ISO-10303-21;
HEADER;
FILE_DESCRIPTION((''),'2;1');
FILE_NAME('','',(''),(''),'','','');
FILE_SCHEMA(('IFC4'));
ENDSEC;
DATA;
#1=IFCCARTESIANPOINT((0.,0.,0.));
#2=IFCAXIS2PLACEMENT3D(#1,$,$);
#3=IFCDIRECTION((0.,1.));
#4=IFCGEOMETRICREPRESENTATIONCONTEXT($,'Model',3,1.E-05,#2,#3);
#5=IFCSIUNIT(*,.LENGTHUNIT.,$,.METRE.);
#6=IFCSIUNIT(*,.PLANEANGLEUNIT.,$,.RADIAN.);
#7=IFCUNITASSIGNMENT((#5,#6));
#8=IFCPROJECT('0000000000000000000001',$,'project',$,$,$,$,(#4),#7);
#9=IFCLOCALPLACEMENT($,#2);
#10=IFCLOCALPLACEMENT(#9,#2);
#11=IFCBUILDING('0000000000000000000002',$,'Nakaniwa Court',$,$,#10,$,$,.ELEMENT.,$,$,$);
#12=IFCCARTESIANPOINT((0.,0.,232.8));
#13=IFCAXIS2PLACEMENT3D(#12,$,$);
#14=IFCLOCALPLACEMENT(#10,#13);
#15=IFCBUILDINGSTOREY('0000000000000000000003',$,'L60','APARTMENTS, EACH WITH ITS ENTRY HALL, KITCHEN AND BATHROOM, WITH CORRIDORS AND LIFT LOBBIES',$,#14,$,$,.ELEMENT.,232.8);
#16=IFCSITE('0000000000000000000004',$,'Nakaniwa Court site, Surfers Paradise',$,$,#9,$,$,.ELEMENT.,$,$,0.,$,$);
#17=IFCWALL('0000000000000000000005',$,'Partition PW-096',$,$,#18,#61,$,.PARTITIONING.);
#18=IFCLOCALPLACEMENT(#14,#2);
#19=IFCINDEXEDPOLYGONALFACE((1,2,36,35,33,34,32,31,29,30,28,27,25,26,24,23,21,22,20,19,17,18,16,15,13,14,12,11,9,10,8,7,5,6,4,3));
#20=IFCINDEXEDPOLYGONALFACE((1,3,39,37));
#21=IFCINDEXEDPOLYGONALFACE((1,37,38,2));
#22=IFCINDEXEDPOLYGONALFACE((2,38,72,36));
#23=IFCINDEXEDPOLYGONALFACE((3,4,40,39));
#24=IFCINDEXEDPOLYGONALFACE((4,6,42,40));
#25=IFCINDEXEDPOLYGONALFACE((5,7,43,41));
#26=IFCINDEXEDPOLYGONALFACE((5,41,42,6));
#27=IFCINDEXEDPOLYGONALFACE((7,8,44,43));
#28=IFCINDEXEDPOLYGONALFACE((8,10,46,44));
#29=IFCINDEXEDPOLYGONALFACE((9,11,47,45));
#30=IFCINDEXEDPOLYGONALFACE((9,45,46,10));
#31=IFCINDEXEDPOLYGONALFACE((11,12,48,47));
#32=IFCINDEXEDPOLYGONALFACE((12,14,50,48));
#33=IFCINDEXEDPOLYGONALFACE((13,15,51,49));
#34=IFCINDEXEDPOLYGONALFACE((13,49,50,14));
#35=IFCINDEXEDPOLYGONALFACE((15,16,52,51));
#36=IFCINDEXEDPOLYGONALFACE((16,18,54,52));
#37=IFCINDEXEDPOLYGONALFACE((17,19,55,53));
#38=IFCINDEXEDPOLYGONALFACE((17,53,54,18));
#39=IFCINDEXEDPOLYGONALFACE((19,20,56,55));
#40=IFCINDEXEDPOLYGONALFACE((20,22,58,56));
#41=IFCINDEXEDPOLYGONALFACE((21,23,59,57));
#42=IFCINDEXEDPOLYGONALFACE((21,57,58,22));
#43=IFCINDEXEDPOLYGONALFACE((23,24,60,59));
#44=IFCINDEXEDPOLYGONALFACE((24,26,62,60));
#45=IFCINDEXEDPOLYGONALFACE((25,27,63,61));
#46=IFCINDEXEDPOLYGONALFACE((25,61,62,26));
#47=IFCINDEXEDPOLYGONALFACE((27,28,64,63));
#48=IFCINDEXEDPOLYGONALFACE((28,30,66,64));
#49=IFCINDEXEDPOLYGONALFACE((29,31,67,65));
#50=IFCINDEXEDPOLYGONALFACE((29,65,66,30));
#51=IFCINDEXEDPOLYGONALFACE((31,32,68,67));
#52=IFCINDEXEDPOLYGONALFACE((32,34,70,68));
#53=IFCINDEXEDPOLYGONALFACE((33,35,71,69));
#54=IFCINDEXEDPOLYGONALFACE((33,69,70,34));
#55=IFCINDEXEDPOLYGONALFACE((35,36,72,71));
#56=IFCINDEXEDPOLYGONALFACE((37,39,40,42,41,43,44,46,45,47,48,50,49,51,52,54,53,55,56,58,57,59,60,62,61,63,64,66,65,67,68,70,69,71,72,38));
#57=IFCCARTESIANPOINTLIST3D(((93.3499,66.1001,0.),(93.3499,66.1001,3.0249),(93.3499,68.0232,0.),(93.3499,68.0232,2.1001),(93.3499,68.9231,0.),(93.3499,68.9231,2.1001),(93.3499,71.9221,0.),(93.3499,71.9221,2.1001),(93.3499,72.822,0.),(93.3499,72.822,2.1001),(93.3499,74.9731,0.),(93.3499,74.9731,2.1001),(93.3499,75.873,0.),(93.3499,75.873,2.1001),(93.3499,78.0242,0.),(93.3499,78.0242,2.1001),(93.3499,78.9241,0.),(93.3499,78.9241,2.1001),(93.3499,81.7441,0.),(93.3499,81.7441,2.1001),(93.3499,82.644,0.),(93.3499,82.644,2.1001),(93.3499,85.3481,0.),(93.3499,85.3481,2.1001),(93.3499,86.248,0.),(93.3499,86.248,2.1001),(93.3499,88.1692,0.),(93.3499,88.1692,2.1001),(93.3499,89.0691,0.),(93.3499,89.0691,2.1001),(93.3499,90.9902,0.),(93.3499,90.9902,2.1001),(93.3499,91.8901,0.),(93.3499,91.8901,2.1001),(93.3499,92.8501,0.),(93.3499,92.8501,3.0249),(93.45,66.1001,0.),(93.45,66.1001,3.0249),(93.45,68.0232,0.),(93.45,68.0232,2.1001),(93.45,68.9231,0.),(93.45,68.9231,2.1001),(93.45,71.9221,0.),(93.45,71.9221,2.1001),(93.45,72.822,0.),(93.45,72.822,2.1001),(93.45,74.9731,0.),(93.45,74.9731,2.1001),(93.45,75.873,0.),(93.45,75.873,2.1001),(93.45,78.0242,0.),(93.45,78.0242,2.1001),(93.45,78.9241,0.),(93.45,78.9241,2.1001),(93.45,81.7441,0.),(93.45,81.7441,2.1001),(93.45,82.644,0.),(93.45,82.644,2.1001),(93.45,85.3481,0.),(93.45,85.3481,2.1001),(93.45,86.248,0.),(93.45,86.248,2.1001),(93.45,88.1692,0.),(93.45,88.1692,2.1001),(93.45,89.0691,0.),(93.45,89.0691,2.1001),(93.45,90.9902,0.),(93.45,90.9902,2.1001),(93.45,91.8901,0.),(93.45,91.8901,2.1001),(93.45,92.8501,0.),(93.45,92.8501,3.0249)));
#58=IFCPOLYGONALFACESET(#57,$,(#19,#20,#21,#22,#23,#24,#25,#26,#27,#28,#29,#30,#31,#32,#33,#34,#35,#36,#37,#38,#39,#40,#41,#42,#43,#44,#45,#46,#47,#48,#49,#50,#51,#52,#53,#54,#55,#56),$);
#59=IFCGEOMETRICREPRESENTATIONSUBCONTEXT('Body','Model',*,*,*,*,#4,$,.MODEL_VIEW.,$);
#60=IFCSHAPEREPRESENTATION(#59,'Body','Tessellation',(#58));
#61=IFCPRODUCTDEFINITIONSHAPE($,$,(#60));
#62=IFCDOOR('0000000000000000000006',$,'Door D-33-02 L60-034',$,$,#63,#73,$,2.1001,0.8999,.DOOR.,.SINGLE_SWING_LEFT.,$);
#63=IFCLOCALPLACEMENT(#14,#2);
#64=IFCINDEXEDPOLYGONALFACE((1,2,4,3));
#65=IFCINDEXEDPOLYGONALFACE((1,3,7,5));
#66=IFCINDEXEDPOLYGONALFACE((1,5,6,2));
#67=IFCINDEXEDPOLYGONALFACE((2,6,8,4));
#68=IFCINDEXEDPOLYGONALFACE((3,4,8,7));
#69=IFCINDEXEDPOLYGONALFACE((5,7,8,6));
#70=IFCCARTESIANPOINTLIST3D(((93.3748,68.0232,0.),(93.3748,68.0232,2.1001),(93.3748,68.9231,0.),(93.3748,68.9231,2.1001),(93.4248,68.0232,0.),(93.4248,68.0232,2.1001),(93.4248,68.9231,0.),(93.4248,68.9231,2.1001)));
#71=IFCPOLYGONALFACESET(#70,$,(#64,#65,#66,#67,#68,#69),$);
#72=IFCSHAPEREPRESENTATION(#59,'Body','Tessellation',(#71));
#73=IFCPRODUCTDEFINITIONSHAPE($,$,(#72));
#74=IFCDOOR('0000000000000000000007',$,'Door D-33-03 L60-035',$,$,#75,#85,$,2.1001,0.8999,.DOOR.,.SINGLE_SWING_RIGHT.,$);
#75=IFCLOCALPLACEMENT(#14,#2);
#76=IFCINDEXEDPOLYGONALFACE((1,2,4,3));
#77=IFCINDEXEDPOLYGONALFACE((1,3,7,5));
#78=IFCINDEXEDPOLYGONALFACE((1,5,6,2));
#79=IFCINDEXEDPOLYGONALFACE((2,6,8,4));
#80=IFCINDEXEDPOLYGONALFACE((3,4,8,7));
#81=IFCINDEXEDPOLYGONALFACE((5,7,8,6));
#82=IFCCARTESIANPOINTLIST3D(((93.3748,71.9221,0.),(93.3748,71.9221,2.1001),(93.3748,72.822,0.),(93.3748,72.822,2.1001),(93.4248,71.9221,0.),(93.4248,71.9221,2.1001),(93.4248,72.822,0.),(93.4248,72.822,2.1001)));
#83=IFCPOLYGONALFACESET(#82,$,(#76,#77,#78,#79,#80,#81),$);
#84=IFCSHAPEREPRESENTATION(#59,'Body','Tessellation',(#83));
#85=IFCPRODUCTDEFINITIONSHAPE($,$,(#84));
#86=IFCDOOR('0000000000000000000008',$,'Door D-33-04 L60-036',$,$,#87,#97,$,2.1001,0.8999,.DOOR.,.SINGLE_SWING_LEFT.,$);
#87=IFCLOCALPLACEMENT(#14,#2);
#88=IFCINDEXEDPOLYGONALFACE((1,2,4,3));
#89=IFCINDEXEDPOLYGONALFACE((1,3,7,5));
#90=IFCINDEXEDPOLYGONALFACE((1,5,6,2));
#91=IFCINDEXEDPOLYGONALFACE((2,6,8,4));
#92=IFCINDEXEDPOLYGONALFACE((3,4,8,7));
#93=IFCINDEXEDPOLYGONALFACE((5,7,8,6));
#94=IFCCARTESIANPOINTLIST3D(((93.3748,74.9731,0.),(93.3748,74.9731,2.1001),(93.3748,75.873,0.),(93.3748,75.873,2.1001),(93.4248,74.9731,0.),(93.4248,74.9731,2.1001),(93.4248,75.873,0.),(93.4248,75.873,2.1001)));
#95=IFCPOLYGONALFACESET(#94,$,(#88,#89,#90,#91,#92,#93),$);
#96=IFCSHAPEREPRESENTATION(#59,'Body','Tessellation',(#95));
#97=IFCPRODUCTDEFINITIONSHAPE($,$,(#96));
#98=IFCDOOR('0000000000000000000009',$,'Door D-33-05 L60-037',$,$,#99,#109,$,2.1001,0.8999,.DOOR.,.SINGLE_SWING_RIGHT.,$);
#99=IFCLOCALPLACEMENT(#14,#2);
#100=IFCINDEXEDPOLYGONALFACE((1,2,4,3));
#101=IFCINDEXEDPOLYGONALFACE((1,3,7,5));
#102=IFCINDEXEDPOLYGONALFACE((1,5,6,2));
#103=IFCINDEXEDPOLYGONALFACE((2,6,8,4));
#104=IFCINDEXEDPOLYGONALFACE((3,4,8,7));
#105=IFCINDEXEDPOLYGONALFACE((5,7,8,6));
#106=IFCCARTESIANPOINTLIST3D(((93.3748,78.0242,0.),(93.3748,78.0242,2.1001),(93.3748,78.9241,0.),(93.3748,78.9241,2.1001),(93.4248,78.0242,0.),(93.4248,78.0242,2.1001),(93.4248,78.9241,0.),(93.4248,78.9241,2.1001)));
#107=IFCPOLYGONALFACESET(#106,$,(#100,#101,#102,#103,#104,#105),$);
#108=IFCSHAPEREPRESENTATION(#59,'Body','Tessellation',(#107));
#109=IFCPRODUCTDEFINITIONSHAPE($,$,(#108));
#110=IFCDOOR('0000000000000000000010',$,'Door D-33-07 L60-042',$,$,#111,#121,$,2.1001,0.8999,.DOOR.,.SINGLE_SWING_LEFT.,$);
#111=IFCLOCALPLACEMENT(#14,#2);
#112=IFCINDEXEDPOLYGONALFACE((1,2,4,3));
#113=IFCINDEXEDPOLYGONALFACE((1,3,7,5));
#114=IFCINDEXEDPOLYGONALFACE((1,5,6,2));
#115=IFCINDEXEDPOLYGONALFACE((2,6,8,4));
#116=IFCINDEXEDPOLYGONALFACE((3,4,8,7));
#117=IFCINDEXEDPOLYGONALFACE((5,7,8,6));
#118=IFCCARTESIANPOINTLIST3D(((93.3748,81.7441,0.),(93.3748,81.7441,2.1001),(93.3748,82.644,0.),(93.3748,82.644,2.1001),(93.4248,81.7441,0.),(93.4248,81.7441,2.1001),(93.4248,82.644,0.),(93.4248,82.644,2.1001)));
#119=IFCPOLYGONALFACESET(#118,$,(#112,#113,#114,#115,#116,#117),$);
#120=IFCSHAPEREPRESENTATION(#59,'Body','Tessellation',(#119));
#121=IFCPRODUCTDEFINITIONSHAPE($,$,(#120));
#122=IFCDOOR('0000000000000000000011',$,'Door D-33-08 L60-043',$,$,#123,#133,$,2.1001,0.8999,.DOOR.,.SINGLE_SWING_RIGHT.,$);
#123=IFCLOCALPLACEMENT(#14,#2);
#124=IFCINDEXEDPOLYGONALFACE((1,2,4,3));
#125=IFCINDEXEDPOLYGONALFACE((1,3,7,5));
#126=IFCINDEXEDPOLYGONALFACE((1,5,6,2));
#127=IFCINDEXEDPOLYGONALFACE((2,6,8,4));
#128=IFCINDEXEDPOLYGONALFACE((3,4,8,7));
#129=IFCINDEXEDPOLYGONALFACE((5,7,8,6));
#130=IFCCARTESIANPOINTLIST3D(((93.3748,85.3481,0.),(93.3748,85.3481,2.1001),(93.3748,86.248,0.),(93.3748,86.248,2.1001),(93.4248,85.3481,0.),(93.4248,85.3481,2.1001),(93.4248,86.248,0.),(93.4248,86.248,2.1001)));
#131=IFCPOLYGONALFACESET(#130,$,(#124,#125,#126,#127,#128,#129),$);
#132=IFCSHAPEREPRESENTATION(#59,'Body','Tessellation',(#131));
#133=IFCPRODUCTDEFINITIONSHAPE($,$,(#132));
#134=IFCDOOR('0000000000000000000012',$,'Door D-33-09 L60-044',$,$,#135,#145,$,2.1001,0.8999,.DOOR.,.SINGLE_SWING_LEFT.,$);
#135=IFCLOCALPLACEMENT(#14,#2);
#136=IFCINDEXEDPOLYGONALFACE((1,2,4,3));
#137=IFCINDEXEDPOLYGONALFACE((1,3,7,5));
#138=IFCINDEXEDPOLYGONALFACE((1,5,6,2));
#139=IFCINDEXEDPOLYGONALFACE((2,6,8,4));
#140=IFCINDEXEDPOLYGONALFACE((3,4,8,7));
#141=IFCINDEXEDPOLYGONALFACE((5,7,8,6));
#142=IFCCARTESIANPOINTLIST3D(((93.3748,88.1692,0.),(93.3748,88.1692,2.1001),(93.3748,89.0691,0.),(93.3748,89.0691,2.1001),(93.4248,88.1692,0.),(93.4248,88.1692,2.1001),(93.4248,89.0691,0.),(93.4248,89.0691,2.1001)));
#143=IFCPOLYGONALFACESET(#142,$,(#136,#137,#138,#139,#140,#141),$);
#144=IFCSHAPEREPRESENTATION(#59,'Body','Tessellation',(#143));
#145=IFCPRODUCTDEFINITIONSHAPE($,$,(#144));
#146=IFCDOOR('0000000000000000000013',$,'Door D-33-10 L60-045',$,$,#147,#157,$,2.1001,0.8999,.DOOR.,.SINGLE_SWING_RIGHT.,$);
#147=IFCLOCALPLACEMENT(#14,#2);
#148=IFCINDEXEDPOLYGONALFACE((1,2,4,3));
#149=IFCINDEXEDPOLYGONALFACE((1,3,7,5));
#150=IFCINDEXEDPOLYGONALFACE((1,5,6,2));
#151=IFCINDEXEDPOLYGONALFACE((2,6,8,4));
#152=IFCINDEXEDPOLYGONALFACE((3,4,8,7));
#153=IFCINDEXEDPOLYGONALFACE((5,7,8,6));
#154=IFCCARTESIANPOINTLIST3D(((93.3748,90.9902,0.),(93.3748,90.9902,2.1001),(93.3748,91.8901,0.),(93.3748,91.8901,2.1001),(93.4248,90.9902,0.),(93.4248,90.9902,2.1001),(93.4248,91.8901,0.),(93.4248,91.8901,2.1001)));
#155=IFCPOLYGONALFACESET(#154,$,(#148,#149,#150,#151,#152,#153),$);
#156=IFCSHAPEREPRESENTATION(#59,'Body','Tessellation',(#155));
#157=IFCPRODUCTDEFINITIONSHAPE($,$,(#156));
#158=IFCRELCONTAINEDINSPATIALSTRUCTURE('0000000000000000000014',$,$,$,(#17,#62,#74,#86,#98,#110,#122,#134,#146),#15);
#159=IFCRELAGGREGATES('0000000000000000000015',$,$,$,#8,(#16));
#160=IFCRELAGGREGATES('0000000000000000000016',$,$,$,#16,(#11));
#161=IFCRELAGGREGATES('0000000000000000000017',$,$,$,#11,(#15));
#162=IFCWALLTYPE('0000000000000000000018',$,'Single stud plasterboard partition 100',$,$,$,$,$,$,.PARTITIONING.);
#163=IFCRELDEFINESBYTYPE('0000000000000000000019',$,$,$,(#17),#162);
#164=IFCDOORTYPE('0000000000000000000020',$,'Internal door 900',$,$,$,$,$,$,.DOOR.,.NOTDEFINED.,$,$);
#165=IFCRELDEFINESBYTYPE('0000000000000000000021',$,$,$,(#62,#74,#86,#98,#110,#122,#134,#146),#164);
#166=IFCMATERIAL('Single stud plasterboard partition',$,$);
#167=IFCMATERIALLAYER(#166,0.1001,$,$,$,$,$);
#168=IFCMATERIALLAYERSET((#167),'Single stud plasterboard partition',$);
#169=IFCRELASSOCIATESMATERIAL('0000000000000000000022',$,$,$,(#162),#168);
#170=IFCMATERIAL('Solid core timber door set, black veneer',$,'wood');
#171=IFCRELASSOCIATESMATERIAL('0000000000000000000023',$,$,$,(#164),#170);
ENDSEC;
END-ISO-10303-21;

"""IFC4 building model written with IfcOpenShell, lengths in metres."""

from ifc_helpers import new_model, si_unit, direction, frame, frame_2d, origin, place, context, subcontext, project, spatial, rectangle, extrude, material, layer, layer_set, type_object, element, fill, save


model = new_model("IFC4")

# Units and contexts
model_context = context("Model", 3, precision=1e-05, world=origin(), true_north=direction((0.0, 1.0)))
body_context = subcontext(model_context, "Body", "Model", "MODEL_VIEW")
ifc_project = project(units=[si_unit("LENGTHUNIT", "METRE"), si_unit("PLANEANGLEUNIT", "RADIAN")], contexts=[model_context])

# Site, building, storey
site_placement = place(None, origin())
site = spatial("IfcSite", under=ifc_project, at=site_placement, Name="Nakaniwa Court site, Surfers Paradise", CompositionType="ELEMENT", RefElevation=0.0)
building_placement = place(site_placement, origin())
building = spatial("IfcBuilding", under=site, at=building_placement, Name="Nakaniwa Court", CompositionType="ELEMENT")
storey_placement = place(building_placement, frame((0.0, 0.0, 232.8)))
storey = spatial("IfcBuildingStorey", under=building, at=storey_placement, Name="L60", Description="APARTMENTS, EACH WITH ITS ENTRY HALL, KITCHEN AND BATHROOM, WITH CORRIDORS AND LIFT LOBBIES", CompositionType="ELEMENT", Elevation=232.8)

# Wall, openings, doors
ifc_material_1 = material(Name="Single stud plasterboard partition")
ifc_layer_1 = layer(ifc_material_1, 0.1001)
ifc_layer_set_1 = layer_set([ifc_layer_1], Name="Single stud plasterboard partition")
wall_type_1 = type_object("IfcWallType", Name="Single stud plasterboard partition 100", PredefinedType="PARTITIONING", material=ifc_layer_set_1)
wall_1_placement = place(storey_placement, frame((93.3999, 92.8501, 0.0), z_axis=(0.0, 0.0, 1.0), x_axis=(0.0, -1.0, 0.0)))
wall_1 = element("IfcWall", 1, at=wall_1_placement, inside=storey, type_object=wall_type_1, Name="Partition PW-096", PredefinedType="PARTITIONING", context=body_context, shape_type="SweptSolid", body=[
    extrude(rectangle(XDim=26.75, YDim=0.1001, at=frame_2d((13.375, 0.0))), origin(), (0.0, 0.0, 1.0), 3.0249),
])
opening_1_placement = place(wall_1_placement, frame((23.927, 0.0, 0.0)))
opening_1 = element("IfcOpeningElement", 2, at=opening_1_placement, cuts=wall_1, PredefinedType="OPENING", context=body_context, shape_type="SweptSolid", body=[
    extrude(rectangle(XDim=0.8999, YDim=2.1001, at=frame_2d((0.45, 1.05))), frame((0.0, 0.0601, 0.0), z_axis=(0.0, -1.0, 0.0), x_axis=(1.0, 0.0, 0.0)), (0.0, 0.0, 1.0), 0.1201),
])
opening_2_placement = place(wall_1_placement, frame((20.0281, 0.0, 0.0)))
opening_2 = element("IfcOpeningElement", 3, at=opening_2_placement, cuts=wall_1, PredefinedType="OPENING", context=body_context, shape_type="SweptSolid", body=[
    extrude(rectangle(XDim=0.8999, YDim=2.1001, at=frame_2d((0.45, 1.05))), frame((0.0, 0.0601, 0.0), z_axis=(0.0, -1.0, 0.0), x_axis=(1.0, 0.0, 0.0)), (0.0, 0.0, 1.0), 0.1201),
])
opening_3_placement = place(wall_1_placement, frame((16.9771, 0.0, 0.0)))
opening_3 = element("IfcOpeningElement", 4, at=opening_3_placement, cuts=wall_1, PredefinedType="OPENING", context=body_context, shape_type="SweptSolid", body=[
    extrude(rectangle(XDim=0.8999, YDim=2.1001, at=frame_2d((0.45, 1.05))), frame((0.0, 0.0601, 0.0), z_axis=(0.0, -1.0, 0.0), x_axis=(1.0, 0.0, 0.0)), (0.0, 0.0, 1.0), 0.1201),
])
opening_4_placement = place(wall_1_placement, frame((13.926, 0.0, 0.0)))
opening_4 = element("IfcOpeningElement", 5, at=opening_4_placement, cuts=wall_1, PredefinedType="OPENING", context=body_context, shape_type="SweptSolid", body=[
    extrude(rectangle(XDim=0.8999, YDim=2.1001, at=frame_2d((0.45, 1.05))), frame((0.0, 0.0601, 0.0), z_axis=(0.0, -1.0, 0.0), x_axis=(1.0, 0.0, 0.0)), (0.0, 0.0, 1.0), 0.1201),
])
opening_5_placement = place(wall_1_placement, frame((10.2061, 0.0, 0.0)))
opening_5 = element("IfcOpeningElement", 6, at=opening_5_placement, cuts=wall_1, PredefinedType="OPENING", context=body_context, shape_type="SweptSolid", body=[
    extrude(rectangle(XDim=0.8999, YDim=2.1001, at=frame_2d((0.45, 1.05))), frame((0.0, 0.0601, 0.0), z_axis=(0.0, -1.0, 0.0), x_axis=(1.0, 0.0, 0.0)), (0.0, 0.0, 1.0), 0.1201),
])
opening_6_placement = place(wall_1_placement, frame((6.6021, 0.0, 0.0)))
opening_6 = element("IfcOpeningElement", 7, at=opening_6_placement, cuts=wall_1, PredefinedType="OPENING", context=body_context, shape_type="SweptSolid", body=[
    extrude(rectangle(XDim=0.8999, YDim=2.1001, at=frame_2d((0.45, 1.05))), frame((0.0, 0.0601, 0.0), z_axis=(0.0, -1.0, 0.0), x_axis=(1.0, 0.0, 0.0)), (0.0, 0.0, 1.0), 0.1201),
])
opening_7_placement = place(wall_1_placement, frame((3.781, 0.0, 0.0)))
opening_7 = element("IfcOpeningElement", 8, at=opening_7_placement, cuts=wall_1, PredefinedType="OPENING", context=body_context, shape_type="SweptSolid", body=[
    extrude(rectangle(XDim=0.8999, YDim=2.1001, at=frame_2d((0.45, 1.05))), frame((0.0, 0.0601, 0.0), z_axis=(0.0, -1.0, 0.0), x_axis=(1.0, 0.0, 0.0)), (0.0, 0.0, 1.0), 0.1201),
])
opening_8_placement = place(wall_1_placement, frame((0.96, 0.0, 0.0)))
opening_8 = element("IfcOpeningElement", 9, at=opening_8_placement, cuts=wall_1, PredefinedType="OPENING", context=body_context, shape_type="SweptSolid", body=[
    extrude(rectangle(XDim=0.8999, YDim=2.1001, at=frame_2d((0.45, 1.05))), frame((0.0, 0.0601, 0.0), z_axis=(0.0, -1.0, 0.0), x_axis=(1.0, 0.0, 0.0)), (0.0, 0.0, 1.0), 0.1201),
])
ifc_material_2 = material(Name="Solid core timber door set, black veneer", Category="wood")
door_type = type_object("IfcDoorType", Name="Internal door 900", OperationType="NOTDEFINED", PredefinedType="DOOR", material=ifc_material_2)
door_1_placement = place(opening_1_placement, origin())
door_1 = element("IfcDoor", 10, at=door_1_placement, inside=storey, type_object=door_type, Name="Door D-33-02 L60-034", OperationType="SINGLE_SWING_LEFT", OverallHeight=2.1001, OverallWidth=0.8999, PredefinedType="DOOR", context=body_context, shape_type="SweptSolid", body=[
    extrude(rectangle(XDim=0.8999, YDim=2.1001, at=frame_2d((0.45, 1.05))), frame((0.0, 0.0249, 0.0), z_axis=(0.0, -1.0, 0.0), x_axis=(1.0, 0.0, 0.0)), (0.0, 0.0, 1.0), 0.05),
])
fill(opening_1, door_1)
door_2_placement = place(opening_2_placement, origin())
door_2 = element("IfcDoor", 11, at=door_2_placement, inside=storey, type_object=door_type, Name="Door D-33-03 L60-035", OperationType="SINGLE_SWING_RIGHT", OverallHeight=2.1001, OverallWidth=0.8999, PredefinedType="DOOR", context=body_context, shape_type="SweptSolid", body=[
    extrude(rectangle(XDim=0.8999, YDim=2.1001, at=frame_2d((0.45, 1.05))), frame((0.0, 0.0249, 0.0), z_axis=(0.0, -1.0, 0.0), x_axis=(1.0, 0.0, 0.0)), (0.0, 0.0, 1.0), 0.05),
])
fill(opening_2, door_2)
door_3_placement = place(opening_3_placement, origin())
door_3 = element("IfcDoor", 12, at=door_3_placement, inside=storey, type_object=door_type, Name="Door D-33-04 L60-036", OperationType="SINGLE_SWING_LEFT", OverallHeight=2.1001, OverallWidth=0.8999, PredefinedType="DOOR", context=body_context, shape_type="SweptSolid", body=[
    extrude(rectangle(XDim=0.8999, YDim=2.1001, at=frame_2d((0.45, 1.05))), frame((0.0, 0.0249, 0.0), z_axis=(0.0, -1.0, 0.0), x_axis=(1.0, 0.0, 0.0)), (0.0, 0.0, 1.0), 0.05),
])
fill(opening_3, door_3)
door_4_placement = place(opening_4_placement, origin())
door_4 = element("IfcDoor", 13, at=door_4_placement, inside=storey, type_object=door_type, Name="Door D-33-05 L60-037", OperationType="SINGLE_SWING_RIGHT", OverallHeight=2.1001, OverallWidth=0.8999, PredefinedType="DOOR", context=body_context, shape_type="SweptSolid", body=[
    extrude(rectangle(XDim=0.8999, YDim=2.1001, at=frame_2d((0.45, 1.05))), frame((0.0, 0.0249, 0.0), z_axis=(0.0, -1.0, 0.0), x_axis=(1.0, 0.0, 0.0)), (0.0, 0.0, 1.0), 0.05),
])
fill(opening_4, door_4)
door_5_placement = place(opening_5_placement, origin())
door_5 = element("IfcDoor", 14, at=door_5_placement, inside=storey, type_object=door_type, Name="Door D-33-07 L60-042", OperationType="SINGLE_SWING_LEFT", OverallHeight=2.1001, OverallWidth=0.8999, PredefinedType="DOOR", context=body_context, shape_type="SweptSolid", body=[
    extrude(rectangle(XDim=0.8999, YDim=2.1001, at=frame_2d((0.45, 1.05))), frame((0.0, 0.0249, 0.0), z_axis=(0.0, -1.0, 0.0), x_axis=(1.0, 0.0, 0.0)), (0.0, 0.0, 1.0), 0.05),
])
fill(opening_5, door_5)
door_6_placement = place(opening_6_placement, origin())
door_6 = element("IfcDoor", 15, at=door_6_placement, inside=storey, type_object=door_type, Name="Door D-33-08 L60-043", OperationType="SINGLE_SWING_RIGHT", OverallHeight=2.1001, OverallWidth=0.8999, PredefinedType="DOOR", context=body_context, shape_type="SweptSolid", body=[
    extrude(rectangle(XDim=0.8999, YDim=2.1001, at=frame_2d((0.45, 1.05))), frame((0.0, 0.0249, 0.0), z_axis=(0.0, -1.0, 0.0), x_axis=(1.0, 0.0, 0.0)), (0.0, 0.0, 1.0), 0.05),
])
fill(opening_6, door_6)
door_7_placement = place(opening_7_placement, origin())
door_7 = element("IfcDoor", 16, at=door_7_placement, inside=storey, type_object=door_type, Name="Door D-33-09 L60-044", OperationType="SINGLE_SWING_LEFT", OverallHeight=2.1001, OverallWidth=0.8999, PredefinedType="DOOR", context=body_context, shape_type="SweptSolid", body=[
    extrude(rectangle(XDim=0.8999, YDim=2.1001, at=frame_2d((0.45, 1.05))), frame((0.0, 0.0249, 0.0), z_axis=(0.0, -1.0, 0.0), x_axis=(1.0, 0.0, 0.0)), (0.0, 0.0, 1.0), 0.05),
])
fill(opening_7, door_7)
door_8_placement = place(opening_8_placement, origin())
door_8 = element("IfcDoor", 17, at=door_8_placement, inside=storey, type_object=door_type, Name="Door D-33-10 L60-045", OperationType="SINGLE_SWING_RIGHT", OverallHeight=2.1001, OverallWidth=0.8999, PredefinedType="DOOR", context=body_context, shape_type="SweptSolid", body=[
    extrude(rectangle(XDim=0.8999, YDim=2.1001, at=frame_2d((0.45, 1.05))), frame((0.0, 0.0249, 0.0), z_axis=(0.0, -1.0, 0.0), x_axis=(1.0, 0.0, 0.0)), (0.0, 0.0, 1.0), 0.05),
])
fill(opening_8, door_8)

save(model, "model.ifc")
